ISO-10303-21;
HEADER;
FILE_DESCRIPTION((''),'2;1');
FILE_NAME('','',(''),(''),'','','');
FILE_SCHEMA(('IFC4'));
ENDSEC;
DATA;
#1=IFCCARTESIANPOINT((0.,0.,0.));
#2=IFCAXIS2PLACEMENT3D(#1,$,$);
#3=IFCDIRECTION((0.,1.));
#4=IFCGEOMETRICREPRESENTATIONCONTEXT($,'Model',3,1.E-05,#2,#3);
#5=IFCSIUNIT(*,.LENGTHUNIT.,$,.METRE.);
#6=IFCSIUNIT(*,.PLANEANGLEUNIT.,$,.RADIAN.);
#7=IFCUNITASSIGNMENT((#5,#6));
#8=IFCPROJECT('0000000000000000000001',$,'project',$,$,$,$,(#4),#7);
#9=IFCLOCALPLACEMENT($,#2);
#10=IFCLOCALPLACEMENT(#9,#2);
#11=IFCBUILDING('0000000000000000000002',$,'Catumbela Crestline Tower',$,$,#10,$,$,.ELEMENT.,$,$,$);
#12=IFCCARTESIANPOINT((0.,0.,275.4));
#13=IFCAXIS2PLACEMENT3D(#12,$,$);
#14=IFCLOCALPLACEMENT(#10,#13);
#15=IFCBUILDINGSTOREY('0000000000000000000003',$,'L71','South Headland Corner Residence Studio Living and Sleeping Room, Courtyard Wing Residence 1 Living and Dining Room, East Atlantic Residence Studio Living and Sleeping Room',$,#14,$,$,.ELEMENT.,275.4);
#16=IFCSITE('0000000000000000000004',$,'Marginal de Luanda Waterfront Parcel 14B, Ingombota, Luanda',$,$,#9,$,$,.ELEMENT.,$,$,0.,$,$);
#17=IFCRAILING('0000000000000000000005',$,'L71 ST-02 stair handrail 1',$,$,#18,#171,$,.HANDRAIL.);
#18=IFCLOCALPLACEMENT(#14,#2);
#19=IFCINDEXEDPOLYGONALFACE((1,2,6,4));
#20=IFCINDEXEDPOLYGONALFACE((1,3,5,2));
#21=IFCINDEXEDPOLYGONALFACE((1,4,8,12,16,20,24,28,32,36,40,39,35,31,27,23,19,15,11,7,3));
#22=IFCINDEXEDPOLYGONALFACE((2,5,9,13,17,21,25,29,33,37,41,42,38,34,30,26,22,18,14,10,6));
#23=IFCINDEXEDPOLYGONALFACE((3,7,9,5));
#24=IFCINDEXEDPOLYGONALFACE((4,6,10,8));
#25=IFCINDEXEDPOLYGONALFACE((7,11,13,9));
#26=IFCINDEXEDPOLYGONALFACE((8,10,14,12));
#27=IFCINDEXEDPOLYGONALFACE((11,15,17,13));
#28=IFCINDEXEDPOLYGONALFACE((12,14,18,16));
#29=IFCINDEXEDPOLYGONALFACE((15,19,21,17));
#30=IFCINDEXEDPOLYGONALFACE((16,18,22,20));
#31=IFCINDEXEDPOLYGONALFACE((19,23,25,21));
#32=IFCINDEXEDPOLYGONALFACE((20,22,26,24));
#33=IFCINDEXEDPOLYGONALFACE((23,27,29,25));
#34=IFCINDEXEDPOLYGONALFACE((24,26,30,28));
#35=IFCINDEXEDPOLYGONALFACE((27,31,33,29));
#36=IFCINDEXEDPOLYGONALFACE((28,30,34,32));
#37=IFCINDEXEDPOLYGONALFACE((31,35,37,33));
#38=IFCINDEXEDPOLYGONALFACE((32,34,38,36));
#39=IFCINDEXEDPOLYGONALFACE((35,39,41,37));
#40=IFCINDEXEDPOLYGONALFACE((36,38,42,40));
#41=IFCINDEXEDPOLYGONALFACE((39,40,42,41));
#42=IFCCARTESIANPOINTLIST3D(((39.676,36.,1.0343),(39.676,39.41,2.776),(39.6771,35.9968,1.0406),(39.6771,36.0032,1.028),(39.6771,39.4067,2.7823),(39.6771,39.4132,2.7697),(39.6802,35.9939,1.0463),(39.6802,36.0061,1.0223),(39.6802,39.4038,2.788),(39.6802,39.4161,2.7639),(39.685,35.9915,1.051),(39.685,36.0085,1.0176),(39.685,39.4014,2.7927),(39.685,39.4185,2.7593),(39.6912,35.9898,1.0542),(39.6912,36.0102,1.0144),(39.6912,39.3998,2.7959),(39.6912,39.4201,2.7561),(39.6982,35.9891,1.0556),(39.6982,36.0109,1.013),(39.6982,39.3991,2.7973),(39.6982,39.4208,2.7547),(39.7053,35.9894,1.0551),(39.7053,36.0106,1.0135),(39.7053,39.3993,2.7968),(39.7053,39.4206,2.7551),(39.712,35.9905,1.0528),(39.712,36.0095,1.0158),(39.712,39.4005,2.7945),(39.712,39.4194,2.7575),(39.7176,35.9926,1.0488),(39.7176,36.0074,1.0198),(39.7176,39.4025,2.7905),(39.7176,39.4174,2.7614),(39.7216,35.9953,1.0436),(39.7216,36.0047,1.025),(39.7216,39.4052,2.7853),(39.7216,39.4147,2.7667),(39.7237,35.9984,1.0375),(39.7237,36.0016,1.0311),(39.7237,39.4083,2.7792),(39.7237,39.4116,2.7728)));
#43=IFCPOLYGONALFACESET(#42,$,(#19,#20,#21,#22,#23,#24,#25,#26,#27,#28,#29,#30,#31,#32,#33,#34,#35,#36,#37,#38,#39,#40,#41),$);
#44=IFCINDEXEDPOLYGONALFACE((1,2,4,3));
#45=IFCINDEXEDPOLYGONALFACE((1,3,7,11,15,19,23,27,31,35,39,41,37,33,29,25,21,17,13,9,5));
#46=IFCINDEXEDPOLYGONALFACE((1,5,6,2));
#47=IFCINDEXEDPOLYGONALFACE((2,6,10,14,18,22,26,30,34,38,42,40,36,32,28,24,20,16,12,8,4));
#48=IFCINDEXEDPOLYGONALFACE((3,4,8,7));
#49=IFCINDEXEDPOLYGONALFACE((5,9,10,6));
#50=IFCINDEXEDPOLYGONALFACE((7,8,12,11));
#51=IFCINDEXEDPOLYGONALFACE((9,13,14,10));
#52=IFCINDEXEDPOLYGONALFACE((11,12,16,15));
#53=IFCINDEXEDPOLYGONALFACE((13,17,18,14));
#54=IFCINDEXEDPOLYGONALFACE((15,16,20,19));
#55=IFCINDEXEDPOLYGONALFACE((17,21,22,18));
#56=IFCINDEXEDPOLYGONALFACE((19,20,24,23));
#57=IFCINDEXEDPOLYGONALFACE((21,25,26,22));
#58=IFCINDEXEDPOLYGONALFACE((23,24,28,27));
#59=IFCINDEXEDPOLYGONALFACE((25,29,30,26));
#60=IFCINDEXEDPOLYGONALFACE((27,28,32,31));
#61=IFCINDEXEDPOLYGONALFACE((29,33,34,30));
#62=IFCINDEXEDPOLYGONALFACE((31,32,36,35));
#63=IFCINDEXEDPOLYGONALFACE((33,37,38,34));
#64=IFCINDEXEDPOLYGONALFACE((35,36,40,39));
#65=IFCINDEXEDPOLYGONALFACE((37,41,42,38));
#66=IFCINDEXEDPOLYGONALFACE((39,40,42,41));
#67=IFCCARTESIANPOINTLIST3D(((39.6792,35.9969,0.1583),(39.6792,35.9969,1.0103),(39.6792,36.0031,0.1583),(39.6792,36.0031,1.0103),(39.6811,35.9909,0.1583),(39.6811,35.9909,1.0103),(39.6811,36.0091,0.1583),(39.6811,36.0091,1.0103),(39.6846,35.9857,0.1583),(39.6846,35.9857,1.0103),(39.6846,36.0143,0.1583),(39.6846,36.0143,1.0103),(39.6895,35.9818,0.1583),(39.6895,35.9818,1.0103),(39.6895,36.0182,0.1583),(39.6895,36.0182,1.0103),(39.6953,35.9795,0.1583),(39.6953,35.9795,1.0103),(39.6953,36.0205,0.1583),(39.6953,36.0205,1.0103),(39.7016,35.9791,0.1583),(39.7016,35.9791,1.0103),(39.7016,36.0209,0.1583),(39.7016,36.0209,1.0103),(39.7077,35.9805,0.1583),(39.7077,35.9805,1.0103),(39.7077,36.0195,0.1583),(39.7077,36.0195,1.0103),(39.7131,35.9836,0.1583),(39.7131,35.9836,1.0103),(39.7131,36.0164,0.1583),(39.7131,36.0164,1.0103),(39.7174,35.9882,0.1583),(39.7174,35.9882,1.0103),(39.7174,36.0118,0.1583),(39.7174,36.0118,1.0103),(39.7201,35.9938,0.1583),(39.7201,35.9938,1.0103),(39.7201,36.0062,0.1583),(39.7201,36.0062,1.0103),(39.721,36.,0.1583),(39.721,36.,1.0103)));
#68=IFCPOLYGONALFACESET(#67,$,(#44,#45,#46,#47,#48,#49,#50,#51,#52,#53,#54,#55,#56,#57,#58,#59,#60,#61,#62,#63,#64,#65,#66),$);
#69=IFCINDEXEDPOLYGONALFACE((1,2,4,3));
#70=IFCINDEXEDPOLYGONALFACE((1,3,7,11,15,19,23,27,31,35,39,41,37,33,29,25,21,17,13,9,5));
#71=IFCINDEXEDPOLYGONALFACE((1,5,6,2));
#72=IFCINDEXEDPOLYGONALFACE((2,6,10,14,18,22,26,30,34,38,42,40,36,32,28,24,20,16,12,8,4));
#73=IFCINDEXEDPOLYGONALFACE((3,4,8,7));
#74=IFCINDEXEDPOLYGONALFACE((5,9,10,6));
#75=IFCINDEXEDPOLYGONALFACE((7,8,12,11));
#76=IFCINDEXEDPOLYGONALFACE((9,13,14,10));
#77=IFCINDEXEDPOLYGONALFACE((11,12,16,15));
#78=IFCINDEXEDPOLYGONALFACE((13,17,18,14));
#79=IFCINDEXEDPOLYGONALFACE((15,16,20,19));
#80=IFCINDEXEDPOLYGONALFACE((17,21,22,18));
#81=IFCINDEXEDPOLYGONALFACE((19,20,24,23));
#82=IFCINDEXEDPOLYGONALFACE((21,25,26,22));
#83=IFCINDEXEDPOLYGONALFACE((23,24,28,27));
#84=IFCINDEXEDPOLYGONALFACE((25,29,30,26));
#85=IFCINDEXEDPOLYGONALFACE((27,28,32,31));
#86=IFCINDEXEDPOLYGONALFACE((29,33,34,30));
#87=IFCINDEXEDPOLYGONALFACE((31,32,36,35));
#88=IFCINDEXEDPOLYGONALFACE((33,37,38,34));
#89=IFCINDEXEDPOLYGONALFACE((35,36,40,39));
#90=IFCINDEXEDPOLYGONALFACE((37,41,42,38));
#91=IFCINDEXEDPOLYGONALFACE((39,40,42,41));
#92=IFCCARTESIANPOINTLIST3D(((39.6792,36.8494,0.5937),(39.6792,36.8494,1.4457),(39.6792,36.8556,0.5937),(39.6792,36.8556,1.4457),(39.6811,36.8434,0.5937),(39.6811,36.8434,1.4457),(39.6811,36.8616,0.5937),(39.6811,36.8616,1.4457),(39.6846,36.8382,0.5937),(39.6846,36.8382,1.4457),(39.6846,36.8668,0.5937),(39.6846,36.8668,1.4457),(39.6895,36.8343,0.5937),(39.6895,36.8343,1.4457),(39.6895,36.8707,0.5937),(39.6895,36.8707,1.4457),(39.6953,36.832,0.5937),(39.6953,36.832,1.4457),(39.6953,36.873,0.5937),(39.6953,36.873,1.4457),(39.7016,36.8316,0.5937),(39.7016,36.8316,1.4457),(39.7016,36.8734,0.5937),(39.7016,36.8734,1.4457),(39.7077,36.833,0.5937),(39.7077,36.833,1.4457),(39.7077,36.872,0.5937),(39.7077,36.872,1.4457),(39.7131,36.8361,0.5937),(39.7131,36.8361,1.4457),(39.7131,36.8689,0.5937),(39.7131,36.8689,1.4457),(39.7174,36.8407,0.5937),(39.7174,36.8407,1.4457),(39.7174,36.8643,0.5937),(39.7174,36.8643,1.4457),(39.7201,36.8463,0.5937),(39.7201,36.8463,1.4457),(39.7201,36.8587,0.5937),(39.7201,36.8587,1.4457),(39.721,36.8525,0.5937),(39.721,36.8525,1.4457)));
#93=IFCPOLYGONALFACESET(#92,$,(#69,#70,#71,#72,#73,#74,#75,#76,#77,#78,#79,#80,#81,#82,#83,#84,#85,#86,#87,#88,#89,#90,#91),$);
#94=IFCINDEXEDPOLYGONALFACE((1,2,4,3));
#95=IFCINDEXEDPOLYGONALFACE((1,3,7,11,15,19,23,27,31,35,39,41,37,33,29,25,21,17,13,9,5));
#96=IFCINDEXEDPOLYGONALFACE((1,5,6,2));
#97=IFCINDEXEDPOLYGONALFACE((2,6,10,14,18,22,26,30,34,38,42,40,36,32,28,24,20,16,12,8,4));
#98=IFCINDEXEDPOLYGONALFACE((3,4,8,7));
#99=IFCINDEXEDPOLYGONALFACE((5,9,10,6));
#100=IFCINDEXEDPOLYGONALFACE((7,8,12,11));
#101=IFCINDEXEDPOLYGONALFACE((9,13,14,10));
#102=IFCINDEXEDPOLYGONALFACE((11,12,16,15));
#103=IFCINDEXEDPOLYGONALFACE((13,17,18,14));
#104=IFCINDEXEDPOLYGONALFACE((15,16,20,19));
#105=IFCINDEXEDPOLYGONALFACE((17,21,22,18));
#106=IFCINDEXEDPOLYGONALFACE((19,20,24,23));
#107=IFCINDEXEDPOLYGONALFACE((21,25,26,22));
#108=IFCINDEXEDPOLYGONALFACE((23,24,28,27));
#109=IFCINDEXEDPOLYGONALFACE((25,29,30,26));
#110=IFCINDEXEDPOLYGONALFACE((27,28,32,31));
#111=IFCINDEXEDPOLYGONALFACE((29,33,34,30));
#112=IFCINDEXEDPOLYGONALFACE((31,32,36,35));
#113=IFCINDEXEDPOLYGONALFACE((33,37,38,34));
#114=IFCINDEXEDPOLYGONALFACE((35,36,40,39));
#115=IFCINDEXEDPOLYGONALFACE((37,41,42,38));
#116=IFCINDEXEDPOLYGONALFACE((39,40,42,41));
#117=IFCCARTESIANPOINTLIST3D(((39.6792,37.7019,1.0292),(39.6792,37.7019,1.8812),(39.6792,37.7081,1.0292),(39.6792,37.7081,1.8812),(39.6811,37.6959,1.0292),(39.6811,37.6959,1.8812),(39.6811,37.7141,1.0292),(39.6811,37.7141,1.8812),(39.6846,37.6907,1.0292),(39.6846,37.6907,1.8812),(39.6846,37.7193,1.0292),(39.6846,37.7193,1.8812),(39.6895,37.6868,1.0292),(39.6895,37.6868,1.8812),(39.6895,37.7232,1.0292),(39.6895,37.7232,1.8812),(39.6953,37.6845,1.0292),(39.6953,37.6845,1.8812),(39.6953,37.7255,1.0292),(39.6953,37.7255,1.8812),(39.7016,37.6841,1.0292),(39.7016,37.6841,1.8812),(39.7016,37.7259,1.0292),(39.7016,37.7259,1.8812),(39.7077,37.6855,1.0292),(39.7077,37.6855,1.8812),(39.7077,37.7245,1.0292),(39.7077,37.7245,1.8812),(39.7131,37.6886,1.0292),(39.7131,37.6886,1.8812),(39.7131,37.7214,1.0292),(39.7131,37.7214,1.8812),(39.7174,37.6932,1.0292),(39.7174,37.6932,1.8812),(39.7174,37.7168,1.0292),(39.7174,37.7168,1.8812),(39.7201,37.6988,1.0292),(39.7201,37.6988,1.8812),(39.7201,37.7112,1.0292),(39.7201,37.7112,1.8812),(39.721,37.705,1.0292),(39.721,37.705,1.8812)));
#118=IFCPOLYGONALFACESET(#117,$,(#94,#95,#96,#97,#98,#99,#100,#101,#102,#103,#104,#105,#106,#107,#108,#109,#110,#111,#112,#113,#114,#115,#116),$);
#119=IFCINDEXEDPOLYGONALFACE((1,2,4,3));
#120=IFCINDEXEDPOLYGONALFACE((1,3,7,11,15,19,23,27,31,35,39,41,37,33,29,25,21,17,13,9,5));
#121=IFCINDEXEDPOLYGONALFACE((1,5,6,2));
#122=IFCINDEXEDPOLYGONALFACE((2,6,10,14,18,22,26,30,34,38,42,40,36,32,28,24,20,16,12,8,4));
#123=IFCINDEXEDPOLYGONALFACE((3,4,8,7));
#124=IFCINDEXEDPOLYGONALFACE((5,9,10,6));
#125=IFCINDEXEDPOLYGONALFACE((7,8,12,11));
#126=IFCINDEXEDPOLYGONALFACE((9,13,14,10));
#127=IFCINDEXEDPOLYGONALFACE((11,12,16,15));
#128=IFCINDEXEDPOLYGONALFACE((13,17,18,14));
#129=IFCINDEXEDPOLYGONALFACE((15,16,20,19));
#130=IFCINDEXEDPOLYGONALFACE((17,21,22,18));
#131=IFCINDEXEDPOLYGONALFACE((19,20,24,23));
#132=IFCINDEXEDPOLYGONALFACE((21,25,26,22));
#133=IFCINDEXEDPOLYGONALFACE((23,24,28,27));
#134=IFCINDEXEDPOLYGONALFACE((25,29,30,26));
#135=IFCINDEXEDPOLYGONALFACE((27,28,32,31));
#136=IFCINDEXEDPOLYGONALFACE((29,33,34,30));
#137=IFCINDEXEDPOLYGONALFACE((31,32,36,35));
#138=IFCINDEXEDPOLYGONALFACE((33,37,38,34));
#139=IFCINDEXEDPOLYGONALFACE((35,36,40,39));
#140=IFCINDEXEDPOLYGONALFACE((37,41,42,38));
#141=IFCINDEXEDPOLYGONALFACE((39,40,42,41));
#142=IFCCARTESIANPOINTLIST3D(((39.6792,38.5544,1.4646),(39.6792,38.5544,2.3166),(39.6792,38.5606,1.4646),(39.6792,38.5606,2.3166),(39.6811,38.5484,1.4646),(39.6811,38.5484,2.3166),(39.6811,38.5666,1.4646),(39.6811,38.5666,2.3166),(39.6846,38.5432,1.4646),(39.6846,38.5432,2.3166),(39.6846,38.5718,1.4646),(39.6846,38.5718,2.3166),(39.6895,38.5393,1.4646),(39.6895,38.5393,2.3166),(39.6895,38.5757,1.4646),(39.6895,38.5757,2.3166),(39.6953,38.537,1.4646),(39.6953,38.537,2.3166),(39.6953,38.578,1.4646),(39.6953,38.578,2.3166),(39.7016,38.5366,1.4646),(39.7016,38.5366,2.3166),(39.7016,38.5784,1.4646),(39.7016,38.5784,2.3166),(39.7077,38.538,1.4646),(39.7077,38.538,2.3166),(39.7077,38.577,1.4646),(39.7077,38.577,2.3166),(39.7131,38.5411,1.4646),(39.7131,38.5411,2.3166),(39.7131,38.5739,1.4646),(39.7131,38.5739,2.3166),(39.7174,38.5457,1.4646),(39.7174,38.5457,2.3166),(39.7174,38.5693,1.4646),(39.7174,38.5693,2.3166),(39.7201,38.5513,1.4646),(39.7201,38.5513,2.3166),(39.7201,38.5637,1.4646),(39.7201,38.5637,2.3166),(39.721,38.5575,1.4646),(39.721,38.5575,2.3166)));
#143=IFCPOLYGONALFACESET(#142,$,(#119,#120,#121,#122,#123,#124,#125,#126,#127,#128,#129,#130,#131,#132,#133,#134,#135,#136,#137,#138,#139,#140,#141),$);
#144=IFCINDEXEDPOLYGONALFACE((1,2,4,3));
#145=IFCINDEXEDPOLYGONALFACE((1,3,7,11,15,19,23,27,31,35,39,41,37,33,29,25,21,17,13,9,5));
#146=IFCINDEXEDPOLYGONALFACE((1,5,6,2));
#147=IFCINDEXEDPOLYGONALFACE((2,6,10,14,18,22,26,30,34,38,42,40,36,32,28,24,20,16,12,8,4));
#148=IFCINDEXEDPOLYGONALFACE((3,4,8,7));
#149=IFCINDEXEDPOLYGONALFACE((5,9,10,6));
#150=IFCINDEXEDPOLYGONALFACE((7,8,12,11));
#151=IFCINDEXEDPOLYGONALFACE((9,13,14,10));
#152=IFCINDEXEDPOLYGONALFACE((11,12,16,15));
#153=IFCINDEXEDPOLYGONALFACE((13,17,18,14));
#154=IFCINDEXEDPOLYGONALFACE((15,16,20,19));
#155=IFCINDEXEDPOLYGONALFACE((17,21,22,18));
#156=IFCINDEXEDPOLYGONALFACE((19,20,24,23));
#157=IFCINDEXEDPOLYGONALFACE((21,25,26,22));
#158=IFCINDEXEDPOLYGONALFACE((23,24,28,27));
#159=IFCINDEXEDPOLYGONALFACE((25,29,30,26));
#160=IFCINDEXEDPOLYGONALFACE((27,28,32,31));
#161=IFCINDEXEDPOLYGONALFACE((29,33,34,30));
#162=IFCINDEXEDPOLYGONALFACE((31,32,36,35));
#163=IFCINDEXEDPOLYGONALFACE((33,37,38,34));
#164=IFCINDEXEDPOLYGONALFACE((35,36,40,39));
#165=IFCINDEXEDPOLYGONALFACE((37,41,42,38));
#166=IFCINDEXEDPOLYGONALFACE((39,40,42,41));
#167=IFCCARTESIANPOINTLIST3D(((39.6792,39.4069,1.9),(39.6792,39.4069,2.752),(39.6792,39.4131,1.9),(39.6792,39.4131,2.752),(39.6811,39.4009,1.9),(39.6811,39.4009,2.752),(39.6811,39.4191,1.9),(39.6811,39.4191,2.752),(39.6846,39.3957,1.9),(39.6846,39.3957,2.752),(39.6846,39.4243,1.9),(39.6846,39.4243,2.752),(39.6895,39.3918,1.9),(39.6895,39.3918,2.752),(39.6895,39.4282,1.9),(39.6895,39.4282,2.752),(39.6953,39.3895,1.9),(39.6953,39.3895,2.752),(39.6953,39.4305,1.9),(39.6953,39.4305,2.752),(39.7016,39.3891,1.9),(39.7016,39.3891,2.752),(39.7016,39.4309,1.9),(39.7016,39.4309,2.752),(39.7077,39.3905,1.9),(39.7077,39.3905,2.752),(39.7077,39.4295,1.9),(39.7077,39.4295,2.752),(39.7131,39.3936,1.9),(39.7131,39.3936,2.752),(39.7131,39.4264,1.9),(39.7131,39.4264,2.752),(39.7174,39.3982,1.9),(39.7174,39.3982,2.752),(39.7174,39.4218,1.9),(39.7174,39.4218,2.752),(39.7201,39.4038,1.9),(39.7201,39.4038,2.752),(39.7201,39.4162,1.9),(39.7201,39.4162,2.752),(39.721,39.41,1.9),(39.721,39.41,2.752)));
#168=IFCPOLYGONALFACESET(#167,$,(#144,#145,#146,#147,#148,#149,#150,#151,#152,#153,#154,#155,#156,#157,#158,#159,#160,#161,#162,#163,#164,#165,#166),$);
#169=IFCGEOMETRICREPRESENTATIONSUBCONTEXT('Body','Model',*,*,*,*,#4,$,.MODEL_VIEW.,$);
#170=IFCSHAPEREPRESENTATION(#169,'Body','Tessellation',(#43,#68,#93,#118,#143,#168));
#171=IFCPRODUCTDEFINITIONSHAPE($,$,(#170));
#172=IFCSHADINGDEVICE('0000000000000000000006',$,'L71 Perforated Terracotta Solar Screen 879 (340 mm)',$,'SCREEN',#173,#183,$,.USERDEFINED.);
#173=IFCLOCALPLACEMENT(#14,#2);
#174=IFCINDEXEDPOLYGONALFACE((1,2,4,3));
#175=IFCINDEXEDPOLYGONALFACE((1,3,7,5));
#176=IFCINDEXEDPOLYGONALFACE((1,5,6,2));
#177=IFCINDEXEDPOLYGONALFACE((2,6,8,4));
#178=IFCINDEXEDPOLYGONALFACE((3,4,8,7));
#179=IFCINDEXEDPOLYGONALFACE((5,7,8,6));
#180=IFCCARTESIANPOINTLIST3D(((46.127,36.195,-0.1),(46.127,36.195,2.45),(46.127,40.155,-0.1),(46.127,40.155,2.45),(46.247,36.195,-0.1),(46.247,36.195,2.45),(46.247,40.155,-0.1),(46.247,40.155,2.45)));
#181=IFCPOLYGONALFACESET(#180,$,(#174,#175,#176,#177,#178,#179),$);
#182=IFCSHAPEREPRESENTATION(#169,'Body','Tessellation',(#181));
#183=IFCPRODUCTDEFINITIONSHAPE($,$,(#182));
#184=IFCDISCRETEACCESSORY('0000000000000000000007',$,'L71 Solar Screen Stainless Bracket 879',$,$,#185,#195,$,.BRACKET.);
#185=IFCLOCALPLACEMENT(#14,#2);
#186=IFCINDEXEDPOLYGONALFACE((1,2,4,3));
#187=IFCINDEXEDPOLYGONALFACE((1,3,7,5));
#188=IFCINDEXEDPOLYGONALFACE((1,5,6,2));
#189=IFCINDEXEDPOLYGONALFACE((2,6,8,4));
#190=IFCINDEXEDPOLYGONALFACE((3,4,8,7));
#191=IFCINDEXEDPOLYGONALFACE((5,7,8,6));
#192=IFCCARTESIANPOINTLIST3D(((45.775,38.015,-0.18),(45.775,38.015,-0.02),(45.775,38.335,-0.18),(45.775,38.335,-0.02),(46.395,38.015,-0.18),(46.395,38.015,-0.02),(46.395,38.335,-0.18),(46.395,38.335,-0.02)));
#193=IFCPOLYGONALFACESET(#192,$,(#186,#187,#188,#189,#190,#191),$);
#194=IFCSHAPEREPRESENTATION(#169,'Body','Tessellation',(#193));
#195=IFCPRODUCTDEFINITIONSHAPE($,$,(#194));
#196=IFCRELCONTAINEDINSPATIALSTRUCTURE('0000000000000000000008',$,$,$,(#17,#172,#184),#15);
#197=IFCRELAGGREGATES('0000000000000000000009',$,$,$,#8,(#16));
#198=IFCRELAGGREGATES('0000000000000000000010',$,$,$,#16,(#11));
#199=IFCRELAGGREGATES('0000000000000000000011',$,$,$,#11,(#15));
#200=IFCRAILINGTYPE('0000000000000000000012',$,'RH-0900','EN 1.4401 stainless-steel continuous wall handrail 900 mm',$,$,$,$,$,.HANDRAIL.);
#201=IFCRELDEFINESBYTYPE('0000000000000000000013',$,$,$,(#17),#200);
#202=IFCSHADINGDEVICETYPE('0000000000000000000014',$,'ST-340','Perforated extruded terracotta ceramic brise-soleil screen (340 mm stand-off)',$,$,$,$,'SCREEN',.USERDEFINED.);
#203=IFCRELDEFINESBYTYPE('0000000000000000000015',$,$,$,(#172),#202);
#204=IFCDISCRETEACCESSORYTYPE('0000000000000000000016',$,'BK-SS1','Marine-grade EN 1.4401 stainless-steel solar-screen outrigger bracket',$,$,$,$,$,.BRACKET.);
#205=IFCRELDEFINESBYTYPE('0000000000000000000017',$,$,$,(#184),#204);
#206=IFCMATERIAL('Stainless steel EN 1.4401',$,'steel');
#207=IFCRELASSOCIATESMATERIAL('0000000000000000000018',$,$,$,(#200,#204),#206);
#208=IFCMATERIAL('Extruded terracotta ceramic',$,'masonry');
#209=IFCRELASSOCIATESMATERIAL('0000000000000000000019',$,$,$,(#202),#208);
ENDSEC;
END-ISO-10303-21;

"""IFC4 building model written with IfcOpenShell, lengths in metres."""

from ifc_helpers import new_model, si_unit, direction, frame, origin, origin_2d, place, context, subcontext, project, spatial, rectangle, circle, extrude, material, type_object, element, save


model = new_model("IFC4")

# Units and contexts
model_context = context("Model", 3, precision=1e-05, world=origin(), true_north=direction((0.0, 1.0)))
body_context = subcontext(model_context, "Body", "Model", "MODEL_VIEW")
ifc_project = project(units=[si_unit("LENGTHUNIT", "METRE"), si_unit("PLANEANGLEUNIT", "RADIAN")], contexts=[model_context])

# Site, building, storey
site_placement = place(None, origin())
site = spatial("IfcSite", under=ifc_project, at=site_placement, Name="Marginal de Luanda Waterfront Parcel 14B, Ingombota, Luanda", CompositionType="ELEMENT", RefElevation=0.0)
building_placement = place(site_placement, origin())
building = spatial("IfcBuilding", under=site, at=building_placement, Name="Catumbela Crestline Tower", CompositionType="ELEMENT")
storey_placement = place(building_placement, frame((0.0, 0.0, 275.4)))
storey = spatial("IfcBuildingStorey", under=building, at=storey_placement, Name="L71", Description="South Headland Corner Residence Studio Living and Sleeping Room, Courtyard Wing Residence 1 Living and Dining Room, East Atlantic Residence Studio Living and Sleeping Room", CompositionType="ELEMENT", Elevation=275.4)

# Railing
ifc_material_1 = material(Name="Stainless steel EN 1.4401", Category="steel")
railing_type = type_object("IfcRailingType", Name="RH-0900", Description="EN 1.4401 stainless-steel continuous wall handrail 900 mm", PredefinedType="HANDRAIL", material=ifc_material_1)
railing_placement = place(storey_placement, frame((39.7, 36.0, 0.1583)))
element("IfcRailing", 1, at=railing_placement, inside=storey, type_object=railing_type, Name="L71 ST-02 stair handrail 1", PredefinedType="HANDRAIL", context=body_context, shape_type="SweptSolid", body=[
    extrude(circle(Radius=0.024, at=origin_2d()), frame((0.0, 0.0, 0.876), z_axis=(0.0, 0.89056, 0.454865), x_axis=(-1.0, 0.0, 0.0)), (0.0, 0.0, 1.0), 3.829),
    extrude(circle(Radius=0.021, at=origin_2d()), origin(), (0.0, 0.0, 1.0), 0.852),
    extrude(circle(Radius=0.021, at=origin_2d()), frame((0.0, 0.8525, 0.4354)), (0.0, 0.0, 1.0), 0.852),
    extrude(circle(Radius=0.021, at=origin_2d()), frame((0.0, 1.705, 0.8709)), (0.0, 0.0, 1.0), 0.852),
    extrude(circle(Radius=0.021, at=origin_2d()), frame((0.0, 2.5575, 1.3063)), (0.0, 0.0, 1.0), 0.852),
    extrude(circle(Radius=0.021, at=origin_2d()), frame((0.0, 3.41, 1.7417)), (0.0, 0.0, 1.0), 0.852),
])

# Shading device
ifc_material_2 = material(Name="Extruded terracotta ceramic", Category="masonry")
shading_device_type = type_object("IfcShadingDeviceType", Name="ST-340", Description="Perforated extruded terracotta ceramic brise-soleil screen (340 mm stand-off)", ElementType="SCREEN", PredefinedType="USERDEFINED", material=ifc_material_2)
shading_device_placement = place(storey_placement, frame((46.187, 38.175, -0.1), z_axis=(0.0, 0.0, 1.0), x_axis=(0.0, 1.0, 0.0)))
element("IfcShadingDevice", 2, at=shading_device_placement, inside=storey, type_object=shading_device_type, Name="L71 Perforated Terracotta Solar Screen 879 (340 mm)", ObjectType="SCREEN", PredefinedType="USERDEFINED", context=body_context, shape_type="SweptSolid", body=[
    extrude(rectangle(XDim=3.96, YDim=0.12, at=origin_2d()), origin(), (0.0, 0.0, 1.0), 2.55),
])

# Discrete accessory
discrete_accessory_type = type_object("IfcDiscreteAccessoryType", Name="BK-SS1", Description="Marine-grade EN 1.4401 stainless-steel solar-screen outrigger bracket", PredefinedType="BRACKET", material=ifc_material_1)
discrete_accessory_placement = place(storey_placement, frame((46.085, 38.175, -0.18), z_axis=(0.0, 0.0, 1.0), x_axis=(0.0, 1.0, 0.0)))
element("IfcDiscreteAccessory", 3, at=discrete_accessory_placement, inside=storey, type_object=discrete_accessory_type, Name="L71 Solar Screen Stainless Bracket 879", PredefinedType="BRACKET", context=body_context, shape_type="SweptSolid", body=[
    extrude(rectangle(XDim=0.32, YDim=0.62, at=origin_2d()), origin(), (0.0, 0.0, 1.0), 0.16),
])

save(model, "model.ifc")
